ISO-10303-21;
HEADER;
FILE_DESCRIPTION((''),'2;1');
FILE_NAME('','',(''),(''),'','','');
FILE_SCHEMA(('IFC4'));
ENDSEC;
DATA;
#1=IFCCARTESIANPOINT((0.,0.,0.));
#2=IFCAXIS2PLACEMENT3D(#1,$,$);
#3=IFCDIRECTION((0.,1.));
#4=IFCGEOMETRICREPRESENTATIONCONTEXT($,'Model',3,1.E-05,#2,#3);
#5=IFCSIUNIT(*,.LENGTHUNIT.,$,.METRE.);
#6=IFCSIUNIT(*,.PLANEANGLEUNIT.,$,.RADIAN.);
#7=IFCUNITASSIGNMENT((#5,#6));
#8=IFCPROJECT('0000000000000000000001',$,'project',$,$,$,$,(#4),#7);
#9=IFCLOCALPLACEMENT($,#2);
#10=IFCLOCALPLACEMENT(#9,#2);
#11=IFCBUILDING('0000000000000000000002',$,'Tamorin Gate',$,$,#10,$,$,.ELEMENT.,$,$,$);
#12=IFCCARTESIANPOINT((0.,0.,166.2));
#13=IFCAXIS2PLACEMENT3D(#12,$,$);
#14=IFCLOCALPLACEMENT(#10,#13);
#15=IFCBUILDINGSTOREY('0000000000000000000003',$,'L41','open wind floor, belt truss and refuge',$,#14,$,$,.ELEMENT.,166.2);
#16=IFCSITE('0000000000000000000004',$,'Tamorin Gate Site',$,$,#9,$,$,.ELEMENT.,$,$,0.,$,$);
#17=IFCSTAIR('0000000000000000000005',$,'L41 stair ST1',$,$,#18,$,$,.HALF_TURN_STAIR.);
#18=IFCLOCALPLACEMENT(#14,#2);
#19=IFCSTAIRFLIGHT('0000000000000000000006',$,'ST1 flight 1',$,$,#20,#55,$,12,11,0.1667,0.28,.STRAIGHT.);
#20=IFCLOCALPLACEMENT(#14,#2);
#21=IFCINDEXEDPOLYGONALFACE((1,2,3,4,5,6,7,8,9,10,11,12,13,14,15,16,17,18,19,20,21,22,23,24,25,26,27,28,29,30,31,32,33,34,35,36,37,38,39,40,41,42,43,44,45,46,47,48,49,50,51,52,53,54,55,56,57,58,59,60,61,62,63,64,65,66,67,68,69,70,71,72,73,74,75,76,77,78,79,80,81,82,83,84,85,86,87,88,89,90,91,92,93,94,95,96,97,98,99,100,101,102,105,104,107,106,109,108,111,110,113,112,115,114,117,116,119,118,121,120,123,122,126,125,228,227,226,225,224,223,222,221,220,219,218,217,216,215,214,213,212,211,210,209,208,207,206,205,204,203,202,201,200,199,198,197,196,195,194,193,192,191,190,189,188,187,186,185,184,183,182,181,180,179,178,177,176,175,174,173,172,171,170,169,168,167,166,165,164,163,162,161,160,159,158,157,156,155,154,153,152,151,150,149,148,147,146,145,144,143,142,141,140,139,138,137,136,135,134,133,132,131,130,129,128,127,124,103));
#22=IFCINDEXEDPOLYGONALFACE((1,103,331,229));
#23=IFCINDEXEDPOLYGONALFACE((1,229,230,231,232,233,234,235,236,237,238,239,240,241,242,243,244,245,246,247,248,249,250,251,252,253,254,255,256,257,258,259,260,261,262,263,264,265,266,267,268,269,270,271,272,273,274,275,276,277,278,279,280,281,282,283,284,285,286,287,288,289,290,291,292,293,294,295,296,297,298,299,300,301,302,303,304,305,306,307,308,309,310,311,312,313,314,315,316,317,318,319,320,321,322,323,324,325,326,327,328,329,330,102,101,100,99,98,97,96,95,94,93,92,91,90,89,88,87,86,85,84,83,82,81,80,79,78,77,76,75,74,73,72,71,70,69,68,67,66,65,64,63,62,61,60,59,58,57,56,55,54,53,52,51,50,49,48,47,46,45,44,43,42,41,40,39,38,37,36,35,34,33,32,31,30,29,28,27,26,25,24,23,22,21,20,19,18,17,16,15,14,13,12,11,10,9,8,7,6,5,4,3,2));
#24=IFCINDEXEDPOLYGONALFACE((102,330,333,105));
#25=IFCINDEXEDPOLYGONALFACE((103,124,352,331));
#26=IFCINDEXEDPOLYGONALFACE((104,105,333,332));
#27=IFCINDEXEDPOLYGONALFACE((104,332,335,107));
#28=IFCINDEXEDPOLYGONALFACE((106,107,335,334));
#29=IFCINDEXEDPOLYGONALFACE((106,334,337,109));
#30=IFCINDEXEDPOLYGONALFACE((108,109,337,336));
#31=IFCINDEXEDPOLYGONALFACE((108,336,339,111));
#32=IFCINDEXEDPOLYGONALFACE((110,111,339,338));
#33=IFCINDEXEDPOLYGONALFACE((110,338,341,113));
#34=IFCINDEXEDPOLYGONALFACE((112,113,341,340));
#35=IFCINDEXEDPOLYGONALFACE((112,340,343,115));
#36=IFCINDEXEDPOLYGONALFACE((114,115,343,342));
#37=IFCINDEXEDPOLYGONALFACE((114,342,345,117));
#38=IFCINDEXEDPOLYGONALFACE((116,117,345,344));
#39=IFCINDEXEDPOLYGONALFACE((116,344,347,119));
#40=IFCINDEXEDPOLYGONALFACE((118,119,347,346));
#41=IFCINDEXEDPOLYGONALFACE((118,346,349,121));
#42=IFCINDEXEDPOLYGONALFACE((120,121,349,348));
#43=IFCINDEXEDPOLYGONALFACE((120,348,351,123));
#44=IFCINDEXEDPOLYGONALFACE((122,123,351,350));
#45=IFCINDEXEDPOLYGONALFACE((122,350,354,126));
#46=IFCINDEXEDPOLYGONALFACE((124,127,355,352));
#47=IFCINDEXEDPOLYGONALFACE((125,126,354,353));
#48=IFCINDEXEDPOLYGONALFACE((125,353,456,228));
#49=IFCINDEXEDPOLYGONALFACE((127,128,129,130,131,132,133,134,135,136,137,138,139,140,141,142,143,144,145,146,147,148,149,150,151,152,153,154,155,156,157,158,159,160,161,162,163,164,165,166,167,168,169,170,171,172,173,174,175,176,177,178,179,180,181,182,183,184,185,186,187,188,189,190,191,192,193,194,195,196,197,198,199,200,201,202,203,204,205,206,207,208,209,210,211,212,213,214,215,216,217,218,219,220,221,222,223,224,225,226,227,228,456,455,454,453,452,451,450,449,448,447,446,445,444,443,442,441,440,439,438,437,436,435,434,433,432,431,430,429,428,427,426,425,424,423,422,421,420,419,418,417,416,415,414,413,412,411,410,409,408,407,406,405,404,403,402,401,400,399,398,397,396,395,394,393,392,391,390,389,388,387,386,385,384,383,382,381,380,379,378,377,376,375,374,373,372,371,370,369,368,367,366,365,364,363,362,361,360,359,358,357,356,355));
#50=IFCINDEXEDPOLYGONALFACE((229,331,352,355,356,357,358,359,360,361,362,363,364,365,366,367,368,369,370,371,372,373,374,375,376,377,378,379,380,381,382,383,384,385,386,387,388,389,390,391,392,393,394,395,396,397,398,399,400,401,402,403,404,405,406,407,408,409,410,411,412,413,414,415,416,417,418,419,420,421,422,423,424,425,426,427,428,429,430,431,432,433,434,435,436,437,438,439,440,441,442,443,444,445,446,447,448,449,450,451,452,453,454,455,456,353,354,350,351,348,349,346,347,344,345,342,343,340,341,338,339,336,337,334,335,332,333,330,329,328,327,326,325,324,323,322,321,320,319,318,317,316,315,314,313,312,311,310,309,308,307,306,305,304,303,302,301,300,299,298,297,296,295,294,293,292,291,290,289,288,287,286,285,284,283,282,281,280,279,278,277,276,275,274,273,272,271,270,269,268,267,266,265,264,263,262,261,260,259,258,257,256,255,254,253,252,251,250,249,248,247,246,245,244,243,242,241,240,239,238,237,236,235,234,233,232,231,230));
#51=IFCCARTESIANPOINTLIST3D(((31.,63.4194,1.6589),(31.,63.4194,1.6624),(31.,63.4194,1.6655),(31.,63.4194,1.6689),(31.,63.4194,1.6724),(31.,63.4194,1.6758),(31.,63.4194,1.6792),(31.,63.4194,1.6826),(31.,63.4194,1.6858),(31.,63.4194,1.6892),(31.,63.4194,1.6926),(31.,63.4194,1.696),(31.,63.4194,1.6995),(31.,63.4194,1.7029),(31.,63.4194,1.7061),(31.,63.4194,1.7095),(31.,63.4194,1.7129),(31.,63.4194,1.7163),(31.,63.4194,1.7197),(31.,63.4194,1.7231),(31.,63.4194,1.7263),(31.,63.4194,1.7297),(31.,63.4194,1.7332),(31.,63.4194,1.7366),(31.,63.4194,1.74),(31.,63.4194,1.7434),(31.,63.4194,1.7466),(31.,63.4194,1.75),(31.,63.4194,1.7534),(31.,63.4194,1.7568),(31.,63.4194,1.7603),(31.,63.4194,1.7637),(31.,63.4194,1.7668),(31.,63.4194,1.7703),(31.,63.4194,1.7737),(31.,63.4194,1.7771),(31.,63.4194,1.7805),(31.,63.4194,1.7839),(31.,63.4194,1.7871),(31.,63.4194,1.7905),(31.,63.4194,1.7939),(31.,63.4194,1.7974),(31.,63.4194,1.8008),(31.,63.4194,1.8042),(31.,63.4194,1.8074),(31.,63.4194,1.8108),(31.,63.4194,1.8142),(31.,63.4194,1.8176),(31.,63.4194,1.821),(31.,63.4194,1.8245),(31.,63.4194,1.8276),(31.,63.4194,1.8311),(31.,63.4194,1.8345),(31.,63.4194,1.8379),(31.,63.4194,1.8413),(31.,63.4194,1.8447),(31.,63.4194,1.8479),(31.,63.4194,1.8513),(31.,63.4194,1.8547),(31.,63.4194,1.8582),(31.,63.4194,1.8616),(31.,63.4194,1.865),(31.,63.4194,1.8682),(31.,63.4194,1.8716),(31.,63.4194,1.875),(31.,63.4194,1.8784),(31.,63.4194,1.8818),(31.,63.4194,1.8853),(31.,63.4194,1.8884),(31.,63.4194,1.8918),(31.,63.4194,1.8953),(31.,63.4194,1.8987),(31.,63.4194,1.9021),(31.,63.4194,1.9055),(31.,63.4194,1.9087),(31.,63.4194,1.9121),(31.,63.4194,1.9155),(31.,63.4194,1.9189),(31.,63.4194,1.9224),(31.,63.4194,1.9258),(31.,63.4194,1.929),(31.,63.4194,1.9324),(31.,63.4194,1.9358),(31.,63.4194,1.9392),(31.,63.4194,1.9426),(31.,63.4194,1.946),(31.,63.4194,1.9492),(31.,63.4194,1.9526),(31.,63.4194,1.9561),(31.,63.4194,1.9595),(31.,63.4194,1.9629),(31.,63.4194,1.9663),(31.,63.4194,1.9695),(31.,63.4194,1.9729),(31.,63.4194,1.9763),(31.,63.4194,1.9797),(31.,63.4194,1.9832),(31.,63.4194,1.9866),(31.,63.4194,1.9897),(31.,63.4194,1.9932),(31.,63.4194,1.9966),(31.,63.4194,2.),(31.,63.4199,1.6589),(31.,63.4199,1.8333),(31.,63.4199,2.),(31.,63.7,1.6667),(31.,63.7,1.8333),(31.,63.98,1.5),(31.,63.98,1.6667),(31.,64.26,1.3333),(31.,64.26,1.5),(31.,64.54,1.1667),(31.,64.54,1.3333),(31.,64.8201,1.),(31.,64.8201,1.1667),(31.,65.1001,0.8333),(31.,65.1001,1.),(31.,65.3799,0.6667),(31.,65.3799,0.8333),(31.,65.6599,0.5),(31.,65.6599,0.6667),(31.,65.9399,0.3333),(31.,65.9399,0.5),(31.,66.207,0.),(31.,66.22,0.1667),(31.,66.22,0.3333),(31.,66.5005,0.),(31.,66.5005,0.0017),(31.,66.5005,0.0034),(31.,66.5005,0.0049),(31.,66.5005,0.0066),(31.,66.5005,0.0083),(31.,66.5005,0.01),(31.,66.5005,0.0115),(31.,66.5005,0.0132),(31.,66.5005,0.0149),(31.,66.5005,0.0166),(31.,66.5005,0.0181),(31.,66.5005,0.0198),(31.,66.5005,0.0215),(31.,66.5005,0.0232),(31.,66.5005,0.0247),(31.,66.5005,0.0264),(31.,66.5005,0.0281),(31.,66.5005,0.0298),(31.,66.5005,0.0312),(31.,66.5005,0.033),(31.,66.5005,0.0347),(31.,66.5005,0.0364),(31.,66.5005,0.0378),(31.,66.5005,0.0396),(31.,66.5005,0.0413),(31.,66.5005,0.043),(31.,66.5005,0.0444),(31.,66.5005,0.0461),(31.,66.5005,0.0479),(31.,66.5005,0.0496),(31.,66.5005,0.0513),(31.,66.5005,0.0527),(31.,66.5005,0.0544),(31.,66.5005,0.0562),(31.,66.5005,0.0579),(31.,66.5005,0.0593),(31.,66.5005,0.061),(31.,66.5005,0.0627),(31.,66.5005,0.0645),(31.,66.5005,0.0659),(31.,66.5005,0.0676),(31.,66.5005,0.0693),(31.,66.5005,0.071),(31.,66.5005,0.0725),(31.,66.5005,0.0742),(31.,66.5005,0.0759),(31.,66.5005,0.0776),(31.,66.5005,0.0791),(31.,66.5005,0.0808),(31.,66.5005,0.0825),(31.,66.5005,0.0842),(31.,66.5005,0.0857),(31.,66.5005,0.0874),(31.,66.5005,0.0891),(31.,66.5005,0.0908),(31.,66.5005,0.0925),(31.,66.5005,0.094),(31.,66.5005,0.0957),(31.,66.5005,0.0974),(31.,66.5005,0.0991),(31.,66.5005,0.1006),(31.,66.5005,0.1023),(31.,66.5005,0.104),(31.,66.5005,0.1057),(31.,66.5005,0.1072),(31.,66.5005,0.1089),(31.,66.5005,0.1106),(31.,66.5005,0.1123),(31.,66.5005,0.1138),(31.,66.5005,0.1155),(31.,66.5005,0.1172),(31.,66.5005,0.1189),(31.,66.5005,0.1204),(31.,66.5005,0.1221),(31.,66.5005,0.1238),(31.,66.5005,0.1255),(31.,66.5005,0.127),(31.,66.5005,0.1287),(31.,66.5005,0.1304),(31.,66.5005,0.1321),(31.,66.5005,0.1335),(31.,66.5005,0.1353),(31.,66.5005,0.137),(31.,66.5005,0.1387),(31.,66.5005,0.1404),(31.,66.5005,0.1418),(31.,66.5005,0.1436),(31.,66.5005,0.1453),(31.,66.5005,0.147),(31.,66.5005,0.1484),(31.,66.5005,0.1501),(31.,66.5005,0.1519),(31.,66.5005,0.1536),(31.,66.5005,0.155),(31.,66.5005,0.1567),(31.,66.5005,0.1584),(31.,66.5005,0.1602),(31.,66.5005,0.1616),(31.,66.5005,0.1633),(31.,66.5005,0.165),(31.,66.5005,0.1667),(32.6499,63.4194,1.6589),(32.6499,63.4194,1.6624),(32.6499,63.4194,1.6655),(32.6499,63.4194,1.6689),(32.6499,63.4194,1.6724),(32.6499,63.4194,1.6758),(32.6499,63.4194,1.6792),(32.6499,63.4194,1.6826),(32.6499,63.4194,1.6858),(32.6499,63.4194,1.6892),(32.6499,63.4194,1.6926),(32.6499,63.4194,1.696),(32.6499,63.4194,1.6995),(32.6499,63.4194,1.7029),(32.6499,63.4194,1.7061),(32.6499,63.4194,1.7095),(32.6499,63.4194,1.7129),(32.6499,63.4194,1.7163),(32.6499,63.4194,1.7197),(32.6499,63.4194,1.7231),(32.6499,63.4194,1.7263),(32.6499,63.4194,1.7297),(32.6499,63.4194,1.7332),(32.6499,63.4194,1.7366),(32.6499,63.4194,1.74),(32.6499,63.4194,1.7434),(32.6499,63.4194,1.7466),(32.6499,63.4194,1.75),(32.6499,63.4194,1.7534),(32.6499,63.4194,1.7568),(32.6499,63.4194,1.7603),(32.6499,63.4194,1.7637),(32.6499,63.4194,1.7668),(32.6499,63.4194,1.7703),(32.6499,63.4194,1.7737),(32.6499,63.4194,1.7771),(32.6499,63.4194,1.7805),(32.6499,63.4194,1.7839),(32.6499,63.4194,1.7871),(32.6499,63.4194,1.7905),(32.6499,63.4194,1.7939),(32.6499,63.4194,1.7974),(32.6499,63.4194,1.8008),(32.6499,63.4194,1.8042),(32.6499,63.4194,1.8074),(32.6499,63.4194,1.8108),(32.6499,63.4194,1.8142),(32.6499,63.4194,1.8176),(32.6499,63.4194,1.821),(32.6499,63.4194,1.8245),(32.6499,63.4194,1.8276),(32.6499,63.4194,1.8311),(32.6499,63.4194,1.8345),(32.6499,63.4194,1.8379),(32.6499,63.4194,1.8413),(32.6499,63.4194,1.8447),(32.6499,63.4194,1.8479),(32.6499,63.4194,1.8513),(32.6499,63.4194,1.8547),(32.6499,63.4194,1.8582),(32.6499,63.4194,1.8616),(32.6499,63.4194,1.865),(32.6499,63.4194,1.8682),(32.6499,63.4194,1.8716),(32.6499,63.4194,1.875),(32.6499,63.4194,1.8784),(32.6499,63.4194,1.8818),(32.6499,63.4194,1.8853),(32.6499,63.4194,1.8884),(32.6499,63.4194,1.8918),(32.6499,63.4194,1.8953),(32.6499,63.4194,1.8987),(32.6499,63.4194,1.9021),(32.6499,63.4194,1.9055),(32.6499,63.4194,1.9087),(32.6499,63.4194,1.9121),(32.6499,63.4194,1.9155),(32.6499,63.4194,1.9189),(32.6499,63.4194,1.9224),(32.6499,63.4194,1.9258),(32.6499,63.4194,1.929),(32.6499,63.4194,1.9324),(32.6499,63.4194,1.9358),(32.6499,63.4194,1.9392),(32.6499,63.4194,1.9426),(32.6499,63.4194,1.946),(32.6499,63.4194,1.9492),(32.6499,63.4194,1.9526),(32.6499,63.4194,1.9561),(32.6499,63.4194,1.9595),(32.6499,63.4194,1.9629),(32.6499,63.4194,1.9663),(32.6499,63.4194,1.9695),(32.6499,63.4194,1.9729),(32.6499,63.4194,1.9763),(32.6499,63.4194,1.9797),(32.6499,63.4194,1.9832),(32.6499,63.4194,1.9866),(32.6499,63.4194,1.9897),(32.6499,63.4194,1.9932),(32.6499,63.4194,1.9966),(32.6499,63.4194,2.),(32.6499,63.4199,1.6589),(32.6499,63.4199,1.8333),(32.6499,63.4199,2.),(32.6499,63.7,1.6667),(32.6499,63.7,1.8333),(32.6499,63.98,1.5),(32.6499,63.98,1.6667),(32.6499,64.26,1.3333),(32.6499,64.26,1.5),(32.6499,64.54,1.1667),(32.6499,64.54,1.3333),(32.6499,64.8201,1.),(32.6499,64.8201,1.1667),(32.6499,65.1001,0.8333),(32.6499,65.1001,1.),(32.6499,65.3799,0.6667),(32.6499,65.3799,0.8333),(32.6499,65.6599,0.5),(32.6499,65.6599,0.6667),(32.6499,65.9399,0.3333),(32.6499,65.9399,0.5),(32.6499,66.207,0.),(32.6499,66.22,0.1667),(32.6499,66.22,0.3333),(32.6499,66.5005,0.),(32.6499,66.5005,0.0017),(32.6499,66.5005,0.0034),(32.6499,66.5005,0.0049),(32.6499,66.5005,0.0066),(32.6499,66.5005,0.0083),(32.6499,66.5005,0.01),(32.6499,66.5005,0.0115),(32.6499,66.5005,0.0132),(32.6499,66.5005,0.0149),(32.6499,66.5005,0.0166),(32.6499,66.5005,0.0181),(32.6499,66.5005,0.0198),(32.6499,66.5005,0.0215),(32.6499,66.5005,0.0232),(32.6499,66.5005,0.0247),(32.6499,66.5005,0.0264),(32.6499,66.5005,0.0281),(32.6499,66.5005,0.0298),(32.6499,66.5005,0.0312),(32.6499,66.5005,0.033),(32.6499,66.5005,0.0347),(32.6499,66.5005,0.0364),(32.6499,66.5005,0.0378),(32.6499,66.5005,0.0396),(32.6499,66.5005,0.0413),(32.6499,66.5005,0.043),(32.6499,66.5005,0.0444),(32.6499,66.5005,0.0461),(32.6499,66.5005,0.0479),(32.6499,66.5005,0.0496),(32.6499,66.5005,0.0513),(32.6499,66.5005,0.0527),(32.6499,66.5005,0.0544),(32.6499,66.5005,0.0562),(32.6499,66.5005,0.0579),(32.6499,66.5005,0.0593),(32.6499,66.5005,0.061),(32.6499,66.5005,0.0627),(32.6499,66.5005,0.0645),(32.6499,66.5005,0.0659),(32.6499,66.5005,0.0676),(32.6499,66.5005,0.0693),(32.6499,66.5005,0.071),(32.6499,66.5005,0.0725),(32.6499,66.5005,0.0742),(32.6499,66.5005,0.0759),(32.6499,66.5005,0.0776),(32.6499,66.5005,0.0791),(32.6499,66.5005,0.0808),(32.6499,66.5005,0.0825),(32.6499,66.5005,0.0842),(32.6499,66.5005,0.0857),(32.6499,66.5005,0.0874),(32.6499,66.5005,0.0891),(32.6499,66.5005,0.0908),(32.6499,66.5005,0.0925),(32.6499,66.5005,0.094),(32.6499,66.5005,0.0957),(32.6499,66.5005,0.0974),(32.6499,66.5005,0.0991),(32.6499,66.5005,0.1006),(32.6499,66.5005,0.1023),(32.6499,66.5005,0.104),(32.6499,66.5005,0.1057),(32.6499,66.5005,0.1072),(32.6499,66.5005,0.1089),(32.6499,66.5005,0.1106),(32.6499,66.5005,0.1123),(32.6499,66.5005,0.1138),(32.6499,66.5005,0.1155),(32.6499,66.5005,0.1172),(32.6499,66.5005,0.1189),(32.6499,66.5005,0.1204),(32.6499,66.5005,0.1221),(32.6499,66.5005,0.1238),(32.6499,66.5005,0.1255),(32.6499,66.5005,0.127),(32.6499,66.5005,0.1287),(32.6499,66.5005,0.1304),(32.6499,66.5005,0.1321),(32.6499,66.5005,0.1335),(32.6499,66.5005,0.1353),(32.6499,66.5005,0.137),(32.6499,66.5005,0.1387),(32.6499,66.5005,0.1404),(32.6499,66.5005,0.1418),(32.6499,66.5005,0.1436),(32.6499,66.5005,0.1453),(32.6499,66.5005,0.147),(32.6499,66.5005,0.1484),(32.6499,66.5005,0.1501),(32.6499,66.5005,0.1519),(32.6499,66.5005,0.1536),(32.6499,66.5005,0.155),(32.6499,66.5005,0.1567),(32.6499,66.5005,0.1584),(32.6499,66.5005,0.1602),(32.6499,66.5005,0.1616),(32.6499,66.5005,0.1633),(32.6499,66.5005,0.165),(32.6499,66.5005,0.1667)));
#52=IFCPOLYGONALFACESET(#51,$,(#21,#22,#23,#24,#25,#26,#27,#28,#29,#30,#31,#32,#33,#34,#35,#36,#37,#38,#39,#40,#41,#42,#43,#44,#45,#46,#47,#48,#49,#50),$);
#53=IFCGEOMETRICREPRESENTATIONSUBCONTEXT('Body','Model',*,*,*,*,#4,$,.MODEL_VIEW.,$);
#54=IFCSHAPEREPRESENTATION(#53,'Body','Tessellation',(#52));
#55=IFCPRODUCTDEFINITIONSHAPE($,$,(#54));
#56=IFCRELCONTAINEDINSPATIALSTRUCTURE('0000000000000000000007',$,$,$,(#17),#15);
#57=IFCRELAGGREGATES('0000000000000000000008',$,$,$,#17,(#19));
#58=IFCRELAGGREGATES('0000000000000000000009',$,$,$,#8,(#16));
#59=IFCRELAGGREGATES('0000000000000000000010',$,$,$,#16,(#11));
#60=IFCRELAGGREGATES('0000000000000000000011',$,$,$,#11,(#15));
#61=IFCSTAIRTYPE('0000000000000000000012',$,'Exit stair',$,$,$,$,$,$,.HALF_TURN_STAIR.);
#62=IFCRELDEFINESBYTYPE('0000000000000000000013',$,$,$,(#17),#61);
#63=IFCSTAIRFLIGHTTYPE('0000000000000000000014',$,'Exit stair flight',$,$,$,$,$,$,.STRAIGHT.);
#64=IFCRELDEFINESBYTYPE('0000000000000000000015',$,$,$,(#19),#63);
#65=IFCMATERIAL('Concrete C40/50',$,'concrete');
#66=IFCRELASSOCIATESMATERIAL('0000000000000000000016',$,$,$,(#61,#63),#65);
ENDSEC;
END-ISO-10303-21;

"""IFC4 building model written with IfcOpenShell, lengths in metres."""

from ifc_helpers import new_model, si_unit, direction, frame, origin, place, context, subcontext, project, spatial, polyline, outline, extrude, material, type_object, element, aggregate, save


model = new_model("IFC4")

# Units and contexts
model_context = context("Model", 3, precision=1e-05, world=origin(), true_north=direction((0.0, 1.0)))
body_context = subcontext(model_context, "Body", "Model", "MODEL_VIEW")
ifc_project = project(units=[si_unit("LENGTHUNIT", "METRE"), si_unit("PLANEANGLEUNIT", "RADIAN")], contexts=[model_context])

# Site, building, storey
site_placement = place(None, origin())
site = spatial("IfcSite", under=ifc_project, at=site_placement, Name="Tamorin Gate Site", CompositionType="ELEMENT", RefElevation=0.0)
building_placement = place(site_placement, origin())
building = spatial("IfcBuilding", under=site, at=building_placement, Name="Tamorin Gate", CompositionType="ELEMENT")
storey_placement = place(building_placement, frame((0.0, 0.0, 166.2)))
storey = spatial("IfcBuildingStorey", under=building, at=storey_placement, Name="L41", Description="open wind floor, belt truss and refuge", CompositionType="ELEMENT", Elevation=166.2)

# Shared definitions
ifc_material_1 = material(Name="Concrete C40/50", Category="concrete")

# Stair, stair flight
stair_type = type_object("IfcStairType", Name="Exit stair", PredefinedType="HALF_TURN_STAIR", material=ifc_material_1)
stair_1_placement = place(storey_placement, origin())
stair_1 = element("IfcStair", 1, at=stair_1_placement, inside=storey, type_object=stair_type, Name="L41 stair ST1", PredefinedType="HALF_TURN_STAIR")
stair_flight_type = type_object("IfcStairFlightType", Name="Exit stair flight", PredefinedType="STRAIGHT", material=ifc_material_1)
stair_flight_1_placement = place(storey_placement, frame((31.825, 66.5, 0.0), z_axis=(0.0, 0.0, 1.0), x_axis=(0.0, -1.0, 0.0)))
stair_flight_1 = element("IfcStairFlight", 2, at=stair_flight_1_placement, type_object=stair_flight_type, Name="ST1 flight 1", NumberOfRisers=12, NumberOfTreads=11, PredefinedType="STRAIGHT", RiserHeight=0.1667, TreadLength=0.28, context=body_context, shape_type="SweptSolid", body=[
    extrude(outline(polyline([(-0.0005, 0.0), (-0.0005, 0.0017), (-0.0005, 0.0034), (-0.0005, 0.0049), (-0.0005, 0.0066), (-0.0005, 0.0083), (-0.0005, 0.01), (-0.0005, 0.0115), (-0.0005, 0.0132), (-0.0005, 0.0149), (-0.0005, 0.0166), (-0.0005, 0.0181), (-0.0005, 0.0198), (-0.0005, 0.0215), (-0.0005, 0.0232), (-0.0005, 0.0247), (-0.0005, 0.0264), (-0.0005, 0.0281), (-0.0005, 0.0298), (-0.0005, 0.0312), (-0.0005, 0.033), (-0.0005, 0.0347), (-0.0005, 0.0364), (-0.0005, 0.0378), (-0.0005, 0.0396), (-0.0005, 0.0413), (-0.0005, 0.043), (-0.0005, 0.0444), (-0.0005, 0.0461), (-0.0005, 0.0479), (-0.0005, 0.0496), (-0.0005, 0.0513), (-0.0005, 0.0527), (-0.0005, 0.0544), (-0.0005, 0.0562), (-0.0005, 0.0579), (-0.0005, 0.0593), (-0.0005, 0.061), (-0.0005, 0.0627), (-0.0005, 0.0645), (-0.0005, 0.0659), (-0.0005, 0.0676), (-0.0005, 0.0693), (-0.0005, 0.071), (-0.0005, 0.0725), (-0.0005, 0.0742), (-0.0005, 0.0759), (-0.0005, 0.0776), (-0.0005, 0.0791), (-0.0005, 0.0808), (-0.0005, 0.0825), (-0.0005, 0.0842), (-0.0005, 0.0857), (-0.0005, 0.0874), (-0.0005, 0.0891), (-0.0005, 0.0908), (-0.0005, 0.0925), (-0.0005, 0.094), (-0.0005, 0.0957), (-0.0005, 0.0974), (-0.0005, 0.0991), (-0.0005, 0.1006), (-0.0005, 0.1023), (-0.0005, 0.104), (-0.0005, 0.1057), (-0.0005, 0.1072), (-0.0005, 0.1089), (-0.0005, 0.1106), (-0.0005, 0.1123), (-0.0005, 0.1138), (-0.0005, 0.1155), (-0.0005, 0.1172), (-0.0005, 0.1189), (-0.0005, 0.1204), (-0.0005, 0.1221), (-0.0005, 0.1238), (-0.0005, 0.1255), (-0.0005, 0.127), (-0.0005, 0.1287), (-0.0005, 0.1304), (-0.0005, 0.1321), (-0.0005, 0.1335), (-0.0005, 0.1353), (-0.0005, 0.137), (-0.0005, 0.1387), (-0.0005, 0.1404), (-0.0005, 0.1418), (-0.0005, 0.1436), (-0.0005, 0.1453), (-0.0005, 0.147), (-0.0005, 0.1484), (-0.0005, 0.1501), (-0.0005, 0.1519), (-0.0005, 0.1536), (-0.0005, 0.155), (-0.0005, 0.1567), (-0.0005, 0.1584), (-0.0005, 0.1602), (-0.0005, 0.1616), (-0.0005, 0.1633), (-0.0005, 0.165), (-0.0005, 0.1667), (0.28, 0.1667), (0.28, 0.3333), (0.5601, 0.3333), (0.5601, 0.5), (0.8401, 0.5), (0.8401, 0.6667), (1.1201, 0.6667), (1.1201, 0.8333), (1.3999, 0.8333), (1.3999, 1.0), (1.6799, 1.0), (1.6799, 1.1667), (1.96, 1.1667), (1.96, 1.3333), (2.24, 1.3333), (2.24, 1.5), (2.52, 1.5), (2.52, 1.6667), (2.8, 1.6667), (2.8, 1.8333), (3.0801, 1.8333), (3.0801, 2.0), (3.0806, 2.0), (3.0806, 1.9966), (3.0806, 1.9932), (3.0806, 1.9897), (3.0806, 1.9866), (3.0806, 1.9832), (3.0806, 1.9797), (3.0806, 1.9763), (3.0806, 1.9729), (3.0806, 1.9695), (3.0806, 1.9663), (3.0806, 1.9629), (3.0806, 1.9595), (3.0806, 1.9561), (3.0806, 1.9526), (3.0806, 1.9492), (3.0806, 1.946), (3.0806, 1.9426), (3.0806, 1.9392), (3.0806, 1.9358), (3.0806, 1.9324), (3.0806, 1.929), (3.0806, 1.9258), (3.0806, 1.9224), (3.0806, 1.9189), (3.0806, 1.9155), (3.0806, 1.9121), (3.0806, 1.9087), (3.0806, 1.9055), (3.0806, 1.9021), (3.0806, 1.8987), (3.0806, 1.8953), (3.0806, 1.8918), (3.0806, 1.8884), (3.0806, 1.8853), (3.0806, 1.8818), (3.0806, 1.8784), (3.0806, 1.875), (3.0806, 1.8716), (3.0806, 1.8682), (3.0806, 1.865), (3.0806, 1.8616), (3.0806, 1.8582), (3.0806, 1.8547), (3.0806, 1.8513), (3.0806, 1.8479), (3.0806, 1.8447), (3.0806, 1.8413), (3.0806, 1.8379), (3.0806, 1.8345), (3.0806, 1.8311), (3.0806, 1.8276), (3.0806, 1.8245), (3.0806, 1.821), (3.0806, 1.8176), (3.0806, 1.8142), (3.0806, 1.8108), (3.0806, 1.8074), (3.0806, 1.8042), (3.0806, 1.8008), (3.0806, 1.7974), (3.0806, 1.7939), (3.0806, 1.7905), (3.0806, 1.7871), (3.0806, 1.7839), (3.0806, 1.7805), (3.0806, 1.7771), (3.0806, 1.7737), (3.0806, 1.7703), (3.0806, 1.7668), (3.0806, 1.7637), (3.0806, 1.7603), (3.0806, 1.7568), (3.0806, 1.7534), (3.0806, 1.75), (3.0806, 1.7466), (3.0806, 1.7434), (3.0806, 1.74), (3.0806, 1.7366), (3.0806, 1.7332), (3.0806, 1.7297), (3.0806, 1.7263), (3.0806, 1.7231), (3.0806, 1.7197), (3.0806, 1.7163), (3.0806, 1.7129), (3.0806, 1.7095), (3.0806, 1.7061), (3.0806, 1.7029), (3.0806, 1.6995), (3.0806, 1.696), (3.0806, 1.6926), (3.0806, 1.6892), (3.0806, 1.6858), (3.0806, 1.6826), (3.0806, 1.6792), (3.0806, 1.6758), (3.0806, 1.6724), (3.0806, 1.6689), (3.0806, 1.6655), (3.0806, 1.6624), (3.0806, 1.6589), (3.0801, 1.6589), (0.293, 0.0), (-0.0005, 0.0)])), frame((0.0, 0.825, 0.0), z_axis=(0.0, -1.0, 0.0), x_axis=(1.0, 0.0, 0.0)), (0.0, 0.0, 1.0), 1.6499),
])
aggregate(stair_1, [stair_flight_1])

save(model, "model.ifc")
